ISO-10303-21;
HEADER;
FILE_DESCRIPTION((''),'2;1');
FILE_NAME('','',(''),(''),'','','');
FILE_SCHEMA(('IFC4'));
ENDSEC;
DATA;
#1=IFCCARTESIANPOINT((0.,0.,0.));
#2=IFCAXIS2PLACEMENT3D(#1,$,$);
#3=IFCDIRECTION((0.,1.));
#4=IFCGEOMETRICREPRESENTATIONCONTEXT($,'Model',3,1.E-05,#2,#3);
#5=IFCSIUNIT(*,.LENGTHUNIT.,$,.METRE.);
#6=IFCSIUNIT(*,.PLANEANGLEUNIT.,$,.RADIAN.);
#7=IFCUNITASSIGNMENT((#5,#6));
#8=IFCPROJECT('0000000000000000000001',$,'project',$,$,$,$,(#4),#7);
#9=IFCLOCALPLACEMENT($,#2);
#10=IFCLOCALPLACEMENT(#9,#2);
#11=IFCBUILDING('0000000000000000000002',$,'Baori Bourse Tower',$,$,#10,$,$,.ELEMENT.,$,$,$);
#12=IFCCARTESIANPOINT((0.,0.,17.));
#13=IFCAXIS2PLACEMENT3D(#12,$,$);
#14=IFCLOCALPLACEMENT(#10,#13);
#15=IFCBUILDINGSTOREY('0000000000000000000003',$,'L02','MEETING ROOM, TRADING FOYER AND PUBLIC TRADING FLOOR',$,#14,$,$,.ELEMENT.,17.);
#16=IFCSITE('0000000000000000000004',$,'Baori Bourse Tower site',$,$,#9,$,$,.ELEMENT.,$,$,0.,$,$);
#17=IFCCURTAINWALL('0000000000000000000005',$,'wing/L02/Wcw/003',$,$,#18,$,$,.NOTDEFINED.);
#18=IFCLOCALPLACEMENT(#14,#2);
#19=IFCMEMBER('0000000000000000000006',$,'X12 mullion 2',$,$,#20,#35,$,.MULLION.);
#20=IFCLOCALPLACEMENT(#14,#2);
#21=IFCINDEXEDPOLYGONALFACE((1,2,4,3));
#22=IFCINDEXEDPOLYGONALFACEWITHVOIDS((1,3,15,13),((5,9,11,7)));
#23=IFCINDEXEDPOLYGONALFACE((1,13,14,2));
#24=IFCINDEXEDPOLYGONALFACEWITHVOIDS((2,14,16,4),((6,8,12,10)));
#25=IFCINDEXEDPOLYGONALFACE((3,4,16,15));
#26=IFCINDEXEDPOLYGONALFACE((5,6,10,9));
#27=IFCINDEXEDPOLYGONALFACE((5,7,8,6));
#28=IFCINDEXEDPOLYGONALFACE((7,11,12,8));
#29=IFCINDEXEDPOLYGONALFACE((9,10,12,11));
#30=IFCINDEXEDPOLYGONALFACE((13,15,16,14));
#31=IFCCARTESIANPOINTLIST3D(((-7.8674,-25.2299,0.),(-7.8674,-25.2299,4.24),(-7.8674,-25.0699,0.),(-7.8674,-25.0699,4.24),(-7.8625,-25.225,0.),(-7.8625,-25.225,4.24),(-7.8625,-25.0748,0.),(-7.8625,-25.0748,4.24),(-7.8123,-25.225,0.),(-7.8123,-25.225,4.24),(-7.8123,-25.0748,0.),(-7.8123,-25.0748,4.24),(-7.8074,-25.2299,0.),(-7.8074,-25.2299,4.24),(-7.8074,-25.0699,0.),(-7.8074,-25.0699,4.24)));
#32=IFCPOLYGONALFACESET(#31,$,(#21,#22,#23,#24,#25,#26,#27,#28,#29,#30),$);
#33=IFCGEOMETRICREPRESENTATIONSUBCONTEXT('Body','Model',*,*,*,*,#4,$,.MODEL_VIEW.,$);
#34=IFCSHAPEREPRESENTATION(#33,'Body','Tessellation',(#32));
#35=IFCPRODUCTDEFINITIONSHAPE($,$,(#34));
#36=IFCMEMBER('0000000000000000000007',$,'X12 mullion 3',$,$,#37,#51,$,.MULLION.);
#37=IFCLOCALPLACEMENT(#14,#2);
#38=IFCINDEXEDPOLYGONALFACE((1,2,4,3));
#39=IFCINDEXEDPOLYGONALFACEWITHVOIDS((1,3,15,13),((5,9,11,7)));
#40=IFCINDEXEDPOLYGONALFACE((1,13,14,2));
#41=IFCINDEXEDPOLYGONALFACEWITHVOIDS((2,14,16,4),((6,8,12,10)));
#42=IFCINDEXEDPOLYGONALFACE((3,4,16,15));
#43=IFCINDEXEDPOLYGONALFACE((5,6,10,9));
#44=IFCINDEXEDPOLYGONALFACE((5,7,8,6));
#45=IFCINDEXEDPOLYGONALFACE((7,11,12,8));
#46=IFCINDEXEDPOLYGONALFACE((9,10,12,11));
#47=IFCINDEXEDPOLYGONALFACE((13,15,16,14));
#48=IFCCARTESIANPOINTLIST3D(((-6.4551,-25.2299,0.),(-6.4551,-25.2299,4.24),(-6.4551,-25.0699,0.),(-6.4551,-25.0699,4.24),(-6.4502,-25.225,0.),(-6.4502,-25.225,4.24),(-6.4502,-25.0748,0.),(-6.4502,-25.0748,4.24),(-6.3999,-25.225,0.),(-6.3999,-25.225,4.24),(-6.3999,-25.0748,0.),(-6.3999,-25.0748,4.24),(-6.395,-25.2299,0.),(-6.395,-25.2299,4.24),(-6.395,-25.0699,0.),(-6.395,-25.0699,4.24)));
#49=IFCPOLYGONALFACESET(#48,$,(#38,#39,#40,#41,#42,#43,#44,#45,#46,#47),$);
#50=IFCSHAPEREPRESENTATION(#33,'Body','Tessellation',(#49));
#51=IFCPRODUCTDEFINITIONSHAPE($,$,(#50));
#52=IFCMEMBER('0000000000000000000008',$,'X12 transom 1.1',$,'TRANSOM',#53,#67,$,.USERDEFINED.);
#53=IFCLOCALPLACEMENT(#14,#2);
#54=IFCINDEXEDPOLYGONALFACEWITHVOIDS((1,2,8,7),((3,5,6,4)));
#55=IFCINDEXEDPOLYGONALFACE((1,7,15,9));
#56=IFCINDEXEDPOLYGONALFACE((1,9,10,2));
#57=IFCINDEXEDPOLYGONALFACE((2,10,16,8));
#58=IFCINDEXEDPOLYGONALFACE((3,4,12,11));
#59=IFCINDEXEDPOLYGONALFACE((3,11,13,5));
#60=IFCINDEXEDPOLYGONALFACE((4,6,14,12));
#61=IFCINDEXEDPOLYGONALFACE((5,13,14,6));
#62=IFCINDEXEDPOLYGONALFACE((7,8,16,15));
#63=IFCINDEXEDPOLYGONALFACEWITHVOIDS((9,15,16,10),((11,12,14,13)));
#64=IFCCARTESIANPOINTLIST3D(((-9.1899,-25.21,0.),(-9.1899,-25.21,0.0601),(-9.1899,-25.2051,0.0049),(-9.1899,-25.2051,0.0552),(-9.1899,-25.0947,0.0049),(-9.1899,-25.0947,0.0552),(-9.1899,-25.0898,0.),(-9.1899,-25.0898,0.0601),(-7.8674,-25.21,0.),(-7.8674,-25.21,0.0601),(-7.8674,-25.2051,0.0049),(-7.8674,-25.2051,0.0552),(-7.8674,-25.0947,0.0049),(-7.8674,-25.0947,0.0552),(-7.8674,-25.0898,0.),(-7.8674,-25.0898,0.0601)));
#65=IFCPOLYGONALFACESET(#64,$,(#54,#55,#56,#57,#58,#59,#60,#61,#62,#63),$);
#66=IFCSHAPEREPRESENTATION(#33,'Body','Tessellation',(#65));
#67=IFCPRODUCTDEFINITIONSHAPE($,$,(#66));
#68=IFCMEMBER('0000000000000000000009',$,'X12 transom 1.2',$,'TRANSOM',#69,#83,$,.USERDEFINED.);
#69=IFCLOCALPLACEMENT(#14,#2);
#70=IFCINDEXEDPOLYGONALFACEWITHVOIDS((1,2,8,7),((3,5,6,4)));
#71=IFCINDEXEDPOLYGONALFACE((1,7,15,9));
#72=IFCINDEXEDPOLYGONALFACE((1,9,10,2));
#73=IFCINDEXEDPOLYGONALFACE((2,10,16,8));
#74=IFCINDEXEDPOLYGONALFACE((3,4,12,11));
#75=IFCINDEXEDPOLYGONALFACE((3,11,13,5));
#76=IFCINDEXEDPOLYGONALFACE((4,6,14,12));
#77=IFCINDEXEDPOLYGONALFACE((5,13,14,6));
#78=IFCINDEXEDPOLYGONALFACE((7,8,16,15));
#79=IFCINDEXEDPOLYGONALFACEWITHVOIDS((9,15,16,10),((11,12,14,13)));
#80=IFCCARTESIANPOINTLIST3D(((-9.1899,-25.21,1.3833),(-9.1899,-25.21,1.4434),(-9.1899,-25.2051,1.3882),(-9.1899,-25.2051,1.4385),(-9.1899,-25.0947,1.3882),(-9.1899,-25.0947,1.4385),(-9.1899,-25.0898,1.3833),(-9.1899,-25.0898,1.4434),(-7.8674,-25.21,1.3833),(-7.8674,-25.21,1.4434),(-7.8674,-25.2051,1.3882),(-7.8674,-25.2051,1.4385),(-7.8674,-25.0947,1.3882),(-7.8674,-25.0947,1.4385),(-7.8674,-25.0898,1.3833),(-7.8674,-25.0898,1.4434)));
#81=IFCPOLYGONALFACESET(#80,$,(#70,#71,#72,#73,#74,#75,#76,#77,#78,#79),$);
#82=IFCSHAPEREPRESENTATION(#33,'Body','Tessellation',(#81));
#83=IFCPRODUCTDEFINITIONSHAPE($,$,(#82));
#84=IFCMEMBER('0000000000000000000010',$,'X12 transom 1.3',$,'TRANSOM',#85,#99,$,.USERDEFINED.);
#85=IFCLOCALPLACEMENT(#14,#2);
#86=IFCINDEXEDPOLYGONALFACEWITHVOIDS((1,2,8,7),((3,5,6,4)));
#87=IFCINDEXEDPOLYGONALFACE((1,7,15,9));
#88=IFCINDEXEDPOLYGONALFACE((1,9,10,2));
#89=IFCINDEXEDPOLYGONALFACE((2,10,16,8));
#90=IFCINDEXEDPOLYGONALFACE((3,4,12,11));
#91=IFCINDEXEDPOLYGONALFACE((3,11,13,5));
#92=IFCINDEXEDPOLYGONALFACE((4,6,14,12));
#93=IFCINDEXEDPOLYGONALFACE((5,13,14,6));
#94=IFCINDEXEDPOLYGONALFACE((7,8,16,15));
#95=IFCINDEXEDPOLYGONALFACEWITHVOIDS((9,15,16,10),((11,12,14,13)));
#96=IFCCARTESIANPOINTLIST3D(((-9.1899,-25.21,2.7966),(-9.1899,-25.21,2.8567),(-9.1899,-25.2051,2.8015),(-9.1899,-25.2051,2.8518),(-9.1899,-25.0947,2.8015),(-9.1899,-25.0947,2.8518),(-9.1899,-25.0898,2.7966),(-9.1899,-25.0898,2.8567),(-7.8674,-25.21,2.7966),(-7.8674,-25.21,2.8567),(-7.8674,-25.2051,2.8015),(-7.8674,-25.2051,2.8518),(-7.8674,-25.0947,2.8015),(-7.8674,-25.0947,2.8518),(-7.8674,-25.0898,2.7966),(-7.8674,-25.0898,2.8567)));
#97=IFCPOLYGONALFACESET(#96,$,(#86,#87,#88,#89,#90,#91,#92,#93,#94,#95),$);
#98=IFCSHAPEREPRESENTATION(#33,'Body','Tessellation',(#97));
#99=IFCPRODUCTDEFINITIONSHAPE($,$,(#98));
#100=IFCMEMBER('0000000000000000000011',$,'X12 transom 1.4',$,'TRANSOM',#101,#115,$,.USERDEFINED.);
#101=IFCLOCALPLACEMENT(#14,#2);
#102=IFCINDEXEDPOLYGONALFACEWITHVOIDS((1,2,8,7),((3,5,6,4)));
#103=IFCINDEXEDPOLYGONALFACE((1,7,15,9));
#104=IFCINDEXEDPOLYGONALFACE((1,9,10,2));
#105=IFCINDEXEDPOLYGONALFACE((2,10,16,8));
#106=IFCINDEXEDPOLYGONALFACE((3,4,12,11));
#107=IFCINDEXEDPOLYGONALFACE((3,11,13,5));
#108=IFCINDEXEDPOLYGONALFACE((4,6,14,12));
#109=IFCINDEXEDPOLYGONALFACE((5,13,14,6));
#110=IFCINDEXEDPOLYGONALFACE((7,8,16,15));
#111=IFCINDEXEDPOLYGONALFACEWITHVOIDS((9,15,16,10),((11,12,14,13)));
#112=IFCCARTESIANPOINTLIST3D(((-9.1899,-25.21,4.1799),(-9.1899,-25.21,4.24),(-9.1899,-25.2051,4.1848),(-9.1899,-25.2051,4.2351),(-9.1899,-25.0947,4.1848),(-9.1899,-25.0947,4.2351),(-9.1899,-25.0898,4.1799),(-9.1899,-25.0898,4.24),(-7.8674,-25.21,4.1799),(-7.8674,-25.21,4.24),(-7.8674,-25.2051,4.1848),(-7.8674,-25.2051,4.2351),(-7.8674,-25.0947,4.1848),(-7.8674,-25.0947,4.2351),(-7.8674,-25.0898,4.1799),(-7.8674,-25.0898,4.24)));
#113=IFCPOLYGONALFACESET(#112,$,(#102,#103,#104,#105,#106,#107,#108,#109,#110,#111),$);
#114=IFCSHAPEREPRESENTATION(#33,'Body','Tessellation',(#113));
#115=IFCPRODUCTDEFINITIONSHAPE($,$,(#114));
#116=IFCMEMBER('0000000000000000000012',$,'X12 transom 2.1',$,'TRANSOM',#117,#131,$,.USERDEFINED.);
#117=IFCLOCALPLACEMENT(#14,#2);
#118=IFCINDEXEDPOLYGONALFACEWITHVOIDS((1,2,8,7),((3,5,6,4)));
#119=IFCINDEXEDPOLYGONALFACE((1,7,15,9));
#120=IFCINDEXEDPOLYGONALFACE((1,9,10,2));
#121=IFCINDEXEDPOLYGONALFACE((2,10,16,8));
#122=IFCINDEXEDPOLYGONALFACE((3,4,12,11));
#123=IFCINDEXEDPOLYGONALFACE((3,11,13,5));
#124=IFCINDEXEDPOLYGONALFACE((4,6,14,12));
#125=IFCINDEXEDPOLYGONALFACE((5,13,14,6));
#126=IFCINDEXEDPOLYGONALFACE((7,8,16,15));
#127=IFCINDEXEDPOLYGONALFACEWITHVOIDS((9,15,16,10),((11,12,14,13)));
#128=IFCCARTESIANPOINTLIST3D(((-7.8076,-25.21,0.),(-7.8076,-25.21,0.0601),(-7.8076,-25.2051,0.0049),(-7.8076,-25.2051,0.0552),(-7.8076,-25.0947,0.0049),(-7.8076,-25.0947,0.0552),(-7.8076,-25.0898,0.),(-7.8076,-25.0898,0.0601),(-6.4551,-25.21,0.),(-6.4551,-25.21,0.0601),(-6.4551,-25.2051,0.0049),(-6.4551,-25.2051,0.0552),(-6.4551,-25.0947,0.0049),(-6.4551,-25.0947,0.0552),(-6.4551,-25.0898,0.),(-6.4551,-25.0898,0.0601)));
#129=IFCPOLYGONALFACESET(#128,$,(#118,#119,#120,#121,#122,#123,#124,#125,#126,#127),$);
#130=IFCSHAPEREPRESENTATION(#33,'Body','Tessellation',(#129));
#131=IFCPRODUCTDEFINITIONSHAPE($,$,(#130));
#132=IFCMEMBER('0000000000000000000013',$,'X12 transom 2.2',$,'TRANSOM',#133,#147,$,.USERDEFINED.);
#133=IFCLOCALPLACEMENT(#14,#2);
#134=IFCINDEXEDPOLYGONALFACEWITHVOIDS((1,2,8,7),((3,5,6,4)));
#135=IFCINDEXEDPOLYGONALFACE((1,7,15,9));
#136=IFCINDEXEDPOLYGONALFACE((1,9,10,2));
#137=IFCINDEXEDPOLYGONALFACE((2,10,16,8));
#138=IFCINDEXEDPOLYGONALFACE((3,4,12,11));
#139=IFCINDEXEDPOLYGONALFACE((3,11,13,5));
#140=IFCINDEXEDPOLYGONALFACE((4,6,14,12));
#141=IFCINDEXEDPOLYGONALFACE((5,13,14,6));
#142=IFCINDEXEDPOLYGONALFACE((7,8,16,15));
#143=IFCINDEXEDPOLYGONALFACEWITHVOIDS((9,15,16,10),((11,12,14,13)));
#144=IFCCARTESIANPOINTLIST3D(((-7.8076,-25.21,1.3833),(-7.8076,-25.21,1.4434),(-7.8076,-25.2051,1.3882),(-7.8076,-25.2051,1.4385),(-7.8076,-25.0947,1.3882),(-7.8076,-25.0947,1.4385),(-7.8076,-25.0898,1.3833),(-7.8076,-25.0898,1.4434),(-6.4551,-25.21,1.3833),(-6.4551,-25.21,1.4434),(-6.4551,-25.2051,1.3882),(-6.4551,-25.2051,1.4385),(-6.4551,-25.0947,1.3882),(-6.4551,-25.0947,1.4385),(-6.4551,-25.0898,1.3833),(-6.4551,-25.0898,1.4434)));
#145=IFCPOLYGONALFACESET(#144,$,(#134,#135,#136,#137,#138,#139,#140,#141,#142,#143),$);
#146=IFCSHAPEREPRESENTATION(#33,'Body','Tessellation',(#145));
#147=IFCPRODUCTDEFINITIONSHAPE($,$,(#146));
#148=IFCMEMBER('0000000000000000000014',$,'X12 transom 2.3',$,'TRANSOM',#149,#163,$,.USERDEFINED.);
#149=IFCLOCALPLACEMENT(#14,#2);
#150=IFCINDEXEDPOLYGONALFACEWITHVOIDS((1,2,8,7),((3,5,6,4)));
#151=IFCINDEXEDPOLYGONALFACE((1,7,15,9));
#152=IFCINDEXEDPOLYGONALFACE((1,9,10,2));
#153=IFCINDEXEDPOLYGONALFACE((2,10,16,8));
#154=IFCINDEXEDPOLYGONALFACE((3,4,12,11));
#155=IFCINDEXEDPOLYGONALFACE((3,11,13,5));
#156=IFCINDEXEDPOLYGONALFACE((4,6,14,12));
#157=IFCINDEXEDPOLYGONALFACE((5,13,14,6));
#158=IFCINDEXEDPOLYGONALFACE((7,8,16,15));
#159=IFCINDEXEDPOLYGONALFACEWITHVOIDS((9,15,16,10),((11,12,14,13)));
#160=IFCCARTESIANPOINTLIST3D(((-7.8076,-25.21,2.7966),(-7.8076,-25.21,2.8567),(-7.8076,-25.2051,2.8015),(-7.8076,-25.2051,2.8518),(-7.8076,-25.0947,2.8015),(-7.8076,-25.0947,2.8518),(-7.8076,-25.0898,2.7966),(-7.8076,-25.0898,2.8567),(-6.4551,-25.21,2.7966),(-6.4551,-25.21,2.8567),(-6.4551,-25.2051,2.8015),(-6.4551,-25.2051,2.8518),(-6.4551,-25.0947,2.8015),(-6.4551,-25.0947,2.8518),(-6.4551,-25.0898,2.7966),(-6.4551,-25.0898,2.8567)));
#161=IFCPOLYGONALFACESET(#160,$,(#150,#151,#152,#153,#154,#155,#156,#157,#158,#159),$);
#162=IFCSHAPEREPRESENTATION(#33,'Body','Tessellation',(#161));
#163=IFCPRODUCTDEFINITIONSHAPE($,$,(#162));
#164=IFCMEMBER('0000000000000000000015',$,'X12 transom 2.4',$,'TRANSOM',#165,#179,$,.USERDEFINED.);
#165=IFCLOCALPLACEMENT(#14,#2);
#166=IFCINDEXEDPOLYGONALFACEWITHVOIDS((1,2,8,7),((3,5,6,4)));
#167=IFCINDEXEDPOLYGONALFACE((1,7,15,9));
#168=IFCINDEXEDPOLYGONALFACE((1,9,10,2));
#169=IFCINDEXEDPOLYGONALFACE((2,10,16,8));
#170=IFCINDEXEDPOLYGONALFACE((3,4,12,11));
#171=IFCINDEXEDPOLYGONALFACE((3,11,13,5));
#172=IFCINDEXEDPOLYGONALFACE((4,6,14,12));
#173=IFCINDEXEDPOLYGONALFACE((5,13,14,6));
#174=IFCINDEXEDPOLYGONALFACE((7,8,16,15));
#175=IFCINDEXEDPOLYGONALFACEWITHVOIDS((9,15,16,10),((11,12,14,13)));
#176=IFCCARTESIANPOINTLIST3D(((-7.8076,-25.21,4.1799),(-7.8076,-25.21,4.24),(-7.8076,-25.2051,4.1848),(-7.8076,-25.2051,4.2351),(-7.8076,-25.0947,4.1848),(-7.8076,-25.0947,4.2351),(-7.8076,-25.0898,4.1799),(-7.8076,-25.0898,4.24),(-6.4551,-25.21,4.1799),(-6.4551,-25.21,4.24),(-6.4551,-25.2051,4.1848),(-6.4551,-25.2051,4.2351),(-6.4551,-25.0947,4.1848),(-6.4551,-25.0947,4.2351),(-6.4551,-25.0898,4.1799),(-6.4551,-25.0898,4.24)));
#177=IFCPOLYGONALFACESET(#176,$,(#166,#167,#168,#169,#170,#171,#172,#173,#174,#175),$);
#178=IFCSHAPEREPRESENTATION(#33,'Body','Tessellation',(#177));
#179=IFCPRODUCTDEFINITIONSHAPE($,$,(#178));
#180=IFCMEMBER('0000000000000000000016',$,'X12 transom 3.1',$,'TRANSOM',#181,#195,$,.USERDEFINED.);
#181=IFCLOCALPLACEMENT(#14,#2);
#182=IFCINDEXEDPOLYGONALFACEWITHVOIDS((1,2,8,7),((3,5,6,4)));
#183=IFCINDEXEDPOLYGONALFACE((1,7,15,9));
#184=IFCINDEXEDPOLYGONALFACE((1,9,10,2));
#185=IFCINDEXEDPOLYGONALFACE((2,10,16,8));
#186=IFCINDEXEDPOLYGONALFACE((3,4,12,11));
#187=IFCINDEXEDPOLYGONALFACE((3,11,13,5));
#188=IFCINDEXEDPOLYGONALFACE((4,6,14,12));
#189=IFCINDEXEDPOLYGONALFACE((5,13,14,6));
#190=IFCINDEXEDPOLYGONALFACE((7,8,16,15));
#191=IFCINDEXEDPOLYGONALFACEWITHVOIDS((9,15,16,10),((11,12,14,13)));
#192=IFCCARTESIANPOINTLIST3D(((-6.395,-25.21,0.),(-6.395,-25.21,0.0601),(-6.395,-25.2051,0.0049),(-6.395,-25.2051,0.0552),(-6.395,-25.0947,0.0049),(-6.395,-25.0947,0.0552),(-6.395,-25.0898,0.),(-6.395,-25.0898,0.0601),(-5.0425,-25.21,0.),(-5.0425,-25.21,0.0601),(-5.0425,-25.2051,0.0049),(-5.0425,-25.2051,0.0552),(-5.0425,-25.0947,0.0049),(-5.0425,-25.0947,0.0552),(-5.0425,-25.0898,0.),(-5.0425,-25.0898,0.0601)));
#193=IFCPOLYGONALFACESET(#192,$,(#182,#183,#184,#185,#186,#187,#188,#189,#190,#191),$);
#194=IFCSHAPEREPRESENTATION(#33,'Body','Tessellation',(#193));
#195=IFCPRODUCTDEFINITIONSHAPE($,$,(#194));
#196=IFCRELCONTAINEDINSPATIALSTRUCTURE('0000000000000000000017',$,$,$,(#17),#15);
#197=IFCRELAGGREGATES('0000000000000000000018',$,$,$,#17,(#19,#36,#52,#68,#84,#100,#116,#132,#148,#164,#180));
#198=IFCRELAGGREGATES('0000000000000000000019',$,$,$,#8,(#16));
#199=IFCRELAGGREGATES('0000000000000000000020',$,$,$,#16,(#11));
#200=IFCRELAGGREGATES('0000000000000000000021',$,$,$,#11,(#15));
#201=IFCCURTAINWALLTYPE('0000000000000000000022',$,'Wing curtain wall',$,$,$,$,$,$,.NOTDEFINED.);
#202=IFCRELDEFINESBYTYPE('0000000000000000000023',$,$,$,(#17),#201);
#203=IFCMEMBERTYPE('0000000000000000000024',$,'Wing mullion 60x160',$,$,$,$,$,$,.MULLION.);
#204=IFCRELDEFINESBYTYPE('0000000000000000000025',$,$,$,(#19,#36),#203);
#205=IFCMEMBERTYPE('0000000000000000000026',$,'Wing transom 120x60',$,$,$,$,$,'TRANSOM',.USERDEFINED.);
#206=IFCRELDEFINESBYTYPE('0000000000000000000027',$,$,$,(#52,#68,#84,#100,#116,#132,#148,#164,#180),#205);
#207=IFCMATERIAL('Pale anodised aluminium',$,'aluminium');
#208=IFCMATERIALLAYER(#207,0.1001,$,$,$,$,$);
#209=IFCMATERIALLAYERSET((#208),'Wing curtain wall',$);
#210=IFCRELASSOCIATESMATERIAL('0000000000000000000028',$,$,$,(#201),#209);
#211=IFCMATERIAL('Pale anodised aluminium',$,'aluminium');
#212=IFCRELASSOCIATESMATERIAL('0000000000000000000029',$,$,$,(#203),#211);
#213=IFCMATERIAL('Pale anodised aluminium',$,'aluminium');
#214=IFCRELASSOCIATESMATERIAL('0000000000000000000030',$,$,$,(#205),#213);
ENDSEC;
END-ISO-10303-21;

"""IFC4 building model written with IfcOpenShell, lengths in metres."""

from ifc_helpers import new_model, si_unit, direction, frame, origin, origin_2d, place, context, subcontext, project, spatial, hollow_rectangle, extrude, material, layer, layer_set, material_profile, profile_set, type_object, element, aggregate, save


model = new_model("IFC4")

# Units and contexts
model_context = context("Model", 3, precision=1e-05, world=origin(), true_north=direction((0.0, 1.0)))
body_context = subcontext(model_context, "Body", "Model", "MODEL_VIEW")
ifc_project = project(units=[si_unit("LENGTHUNIT", "METRE"), si_unit("PLANEANGLEUNIT", "RADIAN")], contexts=[model_context])

# Site, building, storey
site_placement = place(None, origin())
site = spatial("IfcSite", under=ifc_project, at=site_placement, Name="Baori Bourse Tower site", CompositionType="ELEMENT", RefElevation=0.0)
building_placement = place(site_placement, origin())
building = spatial("IfcBuilding", under=site, at=building_placement, Name="Baori Bourse Tower", CompositionType="ELEMENT")
storey_placement = place(building_placement, frame((0.0, 0.0, 17.0)))
storey = spatial("IfcBuildingStorey", under=building, at=storey_placement, Name="L02", Description="MEETING ROOM, TRADING FOYER AND PUBLIC TRADING FLOOR", CompositionType="ELEMENT", Elevation=17.0)

# Curtain wall, members
ifc_material_1 = material(Name="Pale anodised aluminium", Category="aluminium")
ifc_layer_1 = layer(ifc_material_1, 0.1001)
ifc_layer_set_1 = layer_set([ifc_layer_1], Name="Wing curtain wall")
curtain_wall_type = type_object("IfcCurtainWallType", Name="Wing curtain wall", PredefinedType="NOTDEFINED", material=ifc_layer_set_1)
curtain_wall_placement = place(storey_placement, origin())
curtain_wall = element("IfcCurtainWall", 1, at=curtain_wall_placement, inside=storey, type_object=curtain_wall_type, Name="wing/L02/Wcw/003", PredefinedType="NOTDEFINED")
ifc_material_2 = material(Name="Pale anodised aluminium", Category="aluminium")
ifc_material_profile_1 = material_profile(ifc_material_2, hollow_rectangle(XDim=0.1599, YDim=0.0601, WallThickness=0.0049, at=origin_2d()), Name="Mullion 160x60x5")
ifc_profile_set_1 = profile_set([ifc_material_profile_1], Name="Pale anodised aluminium")
member_type_1 = type_object("IfcMemberType", Name="Wing mullion 60x160", PredefinedType="MULLION", material=ifc_profile_set_1)
member_1_placement = place(storey_placement, frame((-7.8374, -25.1499, 0.0), z_axis=(0.0, 0.0, 1.0), x_axis=(0.0, 1.0, 0.0)))
member_1 = element("IfcMember", 2, at=member_1_placement, type_object=member_type_1, Name="X12 mullion 2", PredefinedType="MULLION", context=body_context, shape_type="SweptSolid", body=[
    extrude(hollow_rectangle(XDim=0.1599, YDim=0.0601, WallThickness=0.0049, at=origin_2d()), origin(), (0.0, 0.0, 1.0), 4.24),
])
member_2_placement = place(storey_placement, frame((-6.425, -25.1499, 0.0), z_axis=(0.0, 0.0, 1.0), x_axis=(0.0, 1.0, 0.0)))
member_2 = element("IfcMember", 3, at=member_2_placement, type_object=member_type_1, Name="X12 mullion 3", PredefinedType="MULLION", context=body_context, shape_type="SweptSolid", body=[
    extrude(hollow_rectangle(XDim=0.1599, YDim=0.0601, WallThickness=0.0049, at=origin_2d()), origin(), (0.0, 0.0, 1.0), 4.24),
])
ifc_material_3 = material(Name="Pale anodised aluminium", Category="aluminium")
ifc_material_profile_2 = material_profile(ifc_material_3, hollow_rectangle(XDim=0.1201, YDim=0.0601, WallThickness=0.0049, at=origin_2d()), Name="Transom 120x60x5")
ifc_profile_set_2 = profile_set([ifc_material_profile_2], Name="Pale anodised aluminium")
member_type_2 = type_object("IfcMemberType", Name="Wing transom 120x60", ElementType="TRANSOM", PredefinedType="USERDEFINED", material=ifc_profile_set_2)
member_3_placement = place(storey_placement, frame((-9.1899, -25.1499, 0.03), z_axis=(1.0, 0.0, 0.0), x_axis=(0.0, 1.0, 0.0)))
member_3 = element("IfcMember", 4, at=member_3_placement, type_object=member_type_2, Name="X12 transom 1.1", ObjectType="TRANSOM", PredefinedType="USERDEFINED", context=body_context, shape_type="SweptSolid", body=[
    extrude(hollow_rectangle(XDim=0.1201, YDim=0.0601, WallThickness=0.0049, at=origin_2d()), origin(), (0.0, 0.0, 1.0), 1.3225),
])
member_4_placement = place(storey_placement, frame((-9.1899, -25.1499, 1.4133), z_axis=(1.0, 0.0, 0.0), x_axis=(0.0, 1.0, 0.0)))
member_4 = element("IfcMember", 5, at=member_4_placement, type_object=member_type_2, Name="X12 transom 1.2", ObjectType="TRANSOM", PredefinedType="USERDEFINED", context=body_context, shape_type="SweptSolid", body=[
    extrude(hollow_rectangle(XDim=0.1201, YDim=0.0601, WallThickness=0.0049, at=origin_2d()), origin(), (0.0, 0.0, 1.0), 1.3225),
])
member_5_placement = place(storey_placement, frame((-9.1899, -25.1499, 2.8267), z_axis=(1.0, 0.0, 0.0), x_axis=(0.0, 1.0, 0.0)))
member_5 = element("IfcMember", 6, at=member_5_placement, type_object=member_type_2, Name="X12 transom 1.3", ObjectType="TRANSOM", PredefinedType="USERDEFINED", context=body_context, shape_type="SweptSolid", body=[
    extrude(hollow_rectangle(XDim=0.1201, YDim=0.0601, WallThickness=0.0049, at=origin_2d()), origin(), (0.0, 0.0, 1.0), 1.3225),
])
member_6_placement = place(storey_placement, frame((-9.1899, -25.1499, 4.21), z_axis=(1.0, 0.0, 0.0), x_axis=(0.0, 1.0, 0.0)))
member_6 = element("IfcMember", 7, at=member_6_placement, type_object=member_type_2, Name="X12 transom 1.4", ObjectType="TRANSOM", PredefinedType="USERDEFINED", context=body_context, shape_type="SweptSolid", body=[
    extrude(hollow_rectangle(XDim=0.1201, YDim=0.0601, WallThickness=0.0049, at=origin_2d()), origin(), (0.0, 0.0, 1.0), 1.3225),
])
member_7_placement = place(storey_placement, frame((-7.8076, -25.1499, 0.03), z_axis=(1.0, 0.0, 0.0), x_axis=(0.0, 1.0, 0.0)))
member_7 = element("IfcMember", 8, at=member_7_placement, type_object=member_type_2, Name="X12 transom 2.1", ObjectType="TRANSOM", PredefinedType="USERDEFINED", context=body_context, shape_type="SweptSolid", body=[
    extrude(hollow_rectangle(XDim=0.1201, YDim=0.0601, WallThickness=0.0049, at=origin_2d()), origin(), (0.0, 0.0, 1.0), 1.3525),
])
member_8_placement = place(storey_placement, frame((-7.8076, -25.1499, 1.4133), z_axis=(1.0, 0.0, 0.0), x_axis=(0.0, 1.0, 0.0)))
member_8 = element("IfcMember", 9, at=member_8_placement, type_object=member_type_2, Name="X12 transom 2.2", ObjectType="TRANSOM", PredefinedType="USERDEFINED", context=body_context, shape_type="SweptSolid", body=[
    extrude(hollow_rectangle(XDim=0.1201, YDim=0.0601, WallThickness=0.0049, at=origin_2d()), origin(), (0.0, 0.0, 1.0), 1.3525),
])
member_9_placement = place(storey_placement, frame((-7.8076, -25.1499, 2.8267), z_axis=(1.0, 0.0, 0.0), x_axis=(0.0, 1.0, 0.0)))
member_9 = element("IfcMember", 10, at=member_9_placement, type_object=member_type_2, Name="X12 transom 2.3", ObjectType="TRANSOM", PredefinedType="USERDEFINED", context=body_context, shape_type="SweptSolid", body=[
    extrude(hollow_rectangle(XDim=0.1201, YDim=0.0601, WallThickness=0.0049, at=origin_2d()), origin(), (0.0, 0.0, 1.0), 1.3525),
])
member_10_placement = place(storey_placement, frame((-7.8076, -25.1499, 4.21), z_axis=(1.0, 0.0, 0.0), x_axis=(0.0, 1.0, 0.0)))
member_10 = element("IfcMember", 11, at=member_10_placement, type_object=member_type_2, Name="X12 transom 2.4", ObjectType="TRANSOM", PredefinedType="USERDEFINED", context=body_context, shape_type="SweptSolid", body=[
    extrude(hollow_rectangle(XDim=0.1201, YDim=0.0601, WallThickness=0.0049, at=origin_2d()), origin(), (0.0, 0.0, 1.0), 1.3525),
])
member_11_placement = place(storey_placement, frame((-6.395, -25.1499, 0.03), z_axis=(1.0, 0.0, 0.0), x_axis=(0.0, 1.0, 0.0)))
member_11 = element("IfcMember", 12, at=member_11_placement, type_object=member_type_2, Name="X12 transom 3.1", ObjectType="TRANSOM", PredefinedType="USERDEFINED", context=body_context, shape_type="SweptSolid", body=[
    extrude(hollow_rectangle(XDim=0.1201, YDim=0.0601, WallThickness=0.0049, at=origin_2d()), origin(), (0.0, 0.0, 1.0), 1.3525),
])
aggregate(curtain_wall, [member_1, member_2, member_3, member_4, member_5, member_6, member_7, member_8, member_9, member_10, member_11])

save(model, "model.ifc")
